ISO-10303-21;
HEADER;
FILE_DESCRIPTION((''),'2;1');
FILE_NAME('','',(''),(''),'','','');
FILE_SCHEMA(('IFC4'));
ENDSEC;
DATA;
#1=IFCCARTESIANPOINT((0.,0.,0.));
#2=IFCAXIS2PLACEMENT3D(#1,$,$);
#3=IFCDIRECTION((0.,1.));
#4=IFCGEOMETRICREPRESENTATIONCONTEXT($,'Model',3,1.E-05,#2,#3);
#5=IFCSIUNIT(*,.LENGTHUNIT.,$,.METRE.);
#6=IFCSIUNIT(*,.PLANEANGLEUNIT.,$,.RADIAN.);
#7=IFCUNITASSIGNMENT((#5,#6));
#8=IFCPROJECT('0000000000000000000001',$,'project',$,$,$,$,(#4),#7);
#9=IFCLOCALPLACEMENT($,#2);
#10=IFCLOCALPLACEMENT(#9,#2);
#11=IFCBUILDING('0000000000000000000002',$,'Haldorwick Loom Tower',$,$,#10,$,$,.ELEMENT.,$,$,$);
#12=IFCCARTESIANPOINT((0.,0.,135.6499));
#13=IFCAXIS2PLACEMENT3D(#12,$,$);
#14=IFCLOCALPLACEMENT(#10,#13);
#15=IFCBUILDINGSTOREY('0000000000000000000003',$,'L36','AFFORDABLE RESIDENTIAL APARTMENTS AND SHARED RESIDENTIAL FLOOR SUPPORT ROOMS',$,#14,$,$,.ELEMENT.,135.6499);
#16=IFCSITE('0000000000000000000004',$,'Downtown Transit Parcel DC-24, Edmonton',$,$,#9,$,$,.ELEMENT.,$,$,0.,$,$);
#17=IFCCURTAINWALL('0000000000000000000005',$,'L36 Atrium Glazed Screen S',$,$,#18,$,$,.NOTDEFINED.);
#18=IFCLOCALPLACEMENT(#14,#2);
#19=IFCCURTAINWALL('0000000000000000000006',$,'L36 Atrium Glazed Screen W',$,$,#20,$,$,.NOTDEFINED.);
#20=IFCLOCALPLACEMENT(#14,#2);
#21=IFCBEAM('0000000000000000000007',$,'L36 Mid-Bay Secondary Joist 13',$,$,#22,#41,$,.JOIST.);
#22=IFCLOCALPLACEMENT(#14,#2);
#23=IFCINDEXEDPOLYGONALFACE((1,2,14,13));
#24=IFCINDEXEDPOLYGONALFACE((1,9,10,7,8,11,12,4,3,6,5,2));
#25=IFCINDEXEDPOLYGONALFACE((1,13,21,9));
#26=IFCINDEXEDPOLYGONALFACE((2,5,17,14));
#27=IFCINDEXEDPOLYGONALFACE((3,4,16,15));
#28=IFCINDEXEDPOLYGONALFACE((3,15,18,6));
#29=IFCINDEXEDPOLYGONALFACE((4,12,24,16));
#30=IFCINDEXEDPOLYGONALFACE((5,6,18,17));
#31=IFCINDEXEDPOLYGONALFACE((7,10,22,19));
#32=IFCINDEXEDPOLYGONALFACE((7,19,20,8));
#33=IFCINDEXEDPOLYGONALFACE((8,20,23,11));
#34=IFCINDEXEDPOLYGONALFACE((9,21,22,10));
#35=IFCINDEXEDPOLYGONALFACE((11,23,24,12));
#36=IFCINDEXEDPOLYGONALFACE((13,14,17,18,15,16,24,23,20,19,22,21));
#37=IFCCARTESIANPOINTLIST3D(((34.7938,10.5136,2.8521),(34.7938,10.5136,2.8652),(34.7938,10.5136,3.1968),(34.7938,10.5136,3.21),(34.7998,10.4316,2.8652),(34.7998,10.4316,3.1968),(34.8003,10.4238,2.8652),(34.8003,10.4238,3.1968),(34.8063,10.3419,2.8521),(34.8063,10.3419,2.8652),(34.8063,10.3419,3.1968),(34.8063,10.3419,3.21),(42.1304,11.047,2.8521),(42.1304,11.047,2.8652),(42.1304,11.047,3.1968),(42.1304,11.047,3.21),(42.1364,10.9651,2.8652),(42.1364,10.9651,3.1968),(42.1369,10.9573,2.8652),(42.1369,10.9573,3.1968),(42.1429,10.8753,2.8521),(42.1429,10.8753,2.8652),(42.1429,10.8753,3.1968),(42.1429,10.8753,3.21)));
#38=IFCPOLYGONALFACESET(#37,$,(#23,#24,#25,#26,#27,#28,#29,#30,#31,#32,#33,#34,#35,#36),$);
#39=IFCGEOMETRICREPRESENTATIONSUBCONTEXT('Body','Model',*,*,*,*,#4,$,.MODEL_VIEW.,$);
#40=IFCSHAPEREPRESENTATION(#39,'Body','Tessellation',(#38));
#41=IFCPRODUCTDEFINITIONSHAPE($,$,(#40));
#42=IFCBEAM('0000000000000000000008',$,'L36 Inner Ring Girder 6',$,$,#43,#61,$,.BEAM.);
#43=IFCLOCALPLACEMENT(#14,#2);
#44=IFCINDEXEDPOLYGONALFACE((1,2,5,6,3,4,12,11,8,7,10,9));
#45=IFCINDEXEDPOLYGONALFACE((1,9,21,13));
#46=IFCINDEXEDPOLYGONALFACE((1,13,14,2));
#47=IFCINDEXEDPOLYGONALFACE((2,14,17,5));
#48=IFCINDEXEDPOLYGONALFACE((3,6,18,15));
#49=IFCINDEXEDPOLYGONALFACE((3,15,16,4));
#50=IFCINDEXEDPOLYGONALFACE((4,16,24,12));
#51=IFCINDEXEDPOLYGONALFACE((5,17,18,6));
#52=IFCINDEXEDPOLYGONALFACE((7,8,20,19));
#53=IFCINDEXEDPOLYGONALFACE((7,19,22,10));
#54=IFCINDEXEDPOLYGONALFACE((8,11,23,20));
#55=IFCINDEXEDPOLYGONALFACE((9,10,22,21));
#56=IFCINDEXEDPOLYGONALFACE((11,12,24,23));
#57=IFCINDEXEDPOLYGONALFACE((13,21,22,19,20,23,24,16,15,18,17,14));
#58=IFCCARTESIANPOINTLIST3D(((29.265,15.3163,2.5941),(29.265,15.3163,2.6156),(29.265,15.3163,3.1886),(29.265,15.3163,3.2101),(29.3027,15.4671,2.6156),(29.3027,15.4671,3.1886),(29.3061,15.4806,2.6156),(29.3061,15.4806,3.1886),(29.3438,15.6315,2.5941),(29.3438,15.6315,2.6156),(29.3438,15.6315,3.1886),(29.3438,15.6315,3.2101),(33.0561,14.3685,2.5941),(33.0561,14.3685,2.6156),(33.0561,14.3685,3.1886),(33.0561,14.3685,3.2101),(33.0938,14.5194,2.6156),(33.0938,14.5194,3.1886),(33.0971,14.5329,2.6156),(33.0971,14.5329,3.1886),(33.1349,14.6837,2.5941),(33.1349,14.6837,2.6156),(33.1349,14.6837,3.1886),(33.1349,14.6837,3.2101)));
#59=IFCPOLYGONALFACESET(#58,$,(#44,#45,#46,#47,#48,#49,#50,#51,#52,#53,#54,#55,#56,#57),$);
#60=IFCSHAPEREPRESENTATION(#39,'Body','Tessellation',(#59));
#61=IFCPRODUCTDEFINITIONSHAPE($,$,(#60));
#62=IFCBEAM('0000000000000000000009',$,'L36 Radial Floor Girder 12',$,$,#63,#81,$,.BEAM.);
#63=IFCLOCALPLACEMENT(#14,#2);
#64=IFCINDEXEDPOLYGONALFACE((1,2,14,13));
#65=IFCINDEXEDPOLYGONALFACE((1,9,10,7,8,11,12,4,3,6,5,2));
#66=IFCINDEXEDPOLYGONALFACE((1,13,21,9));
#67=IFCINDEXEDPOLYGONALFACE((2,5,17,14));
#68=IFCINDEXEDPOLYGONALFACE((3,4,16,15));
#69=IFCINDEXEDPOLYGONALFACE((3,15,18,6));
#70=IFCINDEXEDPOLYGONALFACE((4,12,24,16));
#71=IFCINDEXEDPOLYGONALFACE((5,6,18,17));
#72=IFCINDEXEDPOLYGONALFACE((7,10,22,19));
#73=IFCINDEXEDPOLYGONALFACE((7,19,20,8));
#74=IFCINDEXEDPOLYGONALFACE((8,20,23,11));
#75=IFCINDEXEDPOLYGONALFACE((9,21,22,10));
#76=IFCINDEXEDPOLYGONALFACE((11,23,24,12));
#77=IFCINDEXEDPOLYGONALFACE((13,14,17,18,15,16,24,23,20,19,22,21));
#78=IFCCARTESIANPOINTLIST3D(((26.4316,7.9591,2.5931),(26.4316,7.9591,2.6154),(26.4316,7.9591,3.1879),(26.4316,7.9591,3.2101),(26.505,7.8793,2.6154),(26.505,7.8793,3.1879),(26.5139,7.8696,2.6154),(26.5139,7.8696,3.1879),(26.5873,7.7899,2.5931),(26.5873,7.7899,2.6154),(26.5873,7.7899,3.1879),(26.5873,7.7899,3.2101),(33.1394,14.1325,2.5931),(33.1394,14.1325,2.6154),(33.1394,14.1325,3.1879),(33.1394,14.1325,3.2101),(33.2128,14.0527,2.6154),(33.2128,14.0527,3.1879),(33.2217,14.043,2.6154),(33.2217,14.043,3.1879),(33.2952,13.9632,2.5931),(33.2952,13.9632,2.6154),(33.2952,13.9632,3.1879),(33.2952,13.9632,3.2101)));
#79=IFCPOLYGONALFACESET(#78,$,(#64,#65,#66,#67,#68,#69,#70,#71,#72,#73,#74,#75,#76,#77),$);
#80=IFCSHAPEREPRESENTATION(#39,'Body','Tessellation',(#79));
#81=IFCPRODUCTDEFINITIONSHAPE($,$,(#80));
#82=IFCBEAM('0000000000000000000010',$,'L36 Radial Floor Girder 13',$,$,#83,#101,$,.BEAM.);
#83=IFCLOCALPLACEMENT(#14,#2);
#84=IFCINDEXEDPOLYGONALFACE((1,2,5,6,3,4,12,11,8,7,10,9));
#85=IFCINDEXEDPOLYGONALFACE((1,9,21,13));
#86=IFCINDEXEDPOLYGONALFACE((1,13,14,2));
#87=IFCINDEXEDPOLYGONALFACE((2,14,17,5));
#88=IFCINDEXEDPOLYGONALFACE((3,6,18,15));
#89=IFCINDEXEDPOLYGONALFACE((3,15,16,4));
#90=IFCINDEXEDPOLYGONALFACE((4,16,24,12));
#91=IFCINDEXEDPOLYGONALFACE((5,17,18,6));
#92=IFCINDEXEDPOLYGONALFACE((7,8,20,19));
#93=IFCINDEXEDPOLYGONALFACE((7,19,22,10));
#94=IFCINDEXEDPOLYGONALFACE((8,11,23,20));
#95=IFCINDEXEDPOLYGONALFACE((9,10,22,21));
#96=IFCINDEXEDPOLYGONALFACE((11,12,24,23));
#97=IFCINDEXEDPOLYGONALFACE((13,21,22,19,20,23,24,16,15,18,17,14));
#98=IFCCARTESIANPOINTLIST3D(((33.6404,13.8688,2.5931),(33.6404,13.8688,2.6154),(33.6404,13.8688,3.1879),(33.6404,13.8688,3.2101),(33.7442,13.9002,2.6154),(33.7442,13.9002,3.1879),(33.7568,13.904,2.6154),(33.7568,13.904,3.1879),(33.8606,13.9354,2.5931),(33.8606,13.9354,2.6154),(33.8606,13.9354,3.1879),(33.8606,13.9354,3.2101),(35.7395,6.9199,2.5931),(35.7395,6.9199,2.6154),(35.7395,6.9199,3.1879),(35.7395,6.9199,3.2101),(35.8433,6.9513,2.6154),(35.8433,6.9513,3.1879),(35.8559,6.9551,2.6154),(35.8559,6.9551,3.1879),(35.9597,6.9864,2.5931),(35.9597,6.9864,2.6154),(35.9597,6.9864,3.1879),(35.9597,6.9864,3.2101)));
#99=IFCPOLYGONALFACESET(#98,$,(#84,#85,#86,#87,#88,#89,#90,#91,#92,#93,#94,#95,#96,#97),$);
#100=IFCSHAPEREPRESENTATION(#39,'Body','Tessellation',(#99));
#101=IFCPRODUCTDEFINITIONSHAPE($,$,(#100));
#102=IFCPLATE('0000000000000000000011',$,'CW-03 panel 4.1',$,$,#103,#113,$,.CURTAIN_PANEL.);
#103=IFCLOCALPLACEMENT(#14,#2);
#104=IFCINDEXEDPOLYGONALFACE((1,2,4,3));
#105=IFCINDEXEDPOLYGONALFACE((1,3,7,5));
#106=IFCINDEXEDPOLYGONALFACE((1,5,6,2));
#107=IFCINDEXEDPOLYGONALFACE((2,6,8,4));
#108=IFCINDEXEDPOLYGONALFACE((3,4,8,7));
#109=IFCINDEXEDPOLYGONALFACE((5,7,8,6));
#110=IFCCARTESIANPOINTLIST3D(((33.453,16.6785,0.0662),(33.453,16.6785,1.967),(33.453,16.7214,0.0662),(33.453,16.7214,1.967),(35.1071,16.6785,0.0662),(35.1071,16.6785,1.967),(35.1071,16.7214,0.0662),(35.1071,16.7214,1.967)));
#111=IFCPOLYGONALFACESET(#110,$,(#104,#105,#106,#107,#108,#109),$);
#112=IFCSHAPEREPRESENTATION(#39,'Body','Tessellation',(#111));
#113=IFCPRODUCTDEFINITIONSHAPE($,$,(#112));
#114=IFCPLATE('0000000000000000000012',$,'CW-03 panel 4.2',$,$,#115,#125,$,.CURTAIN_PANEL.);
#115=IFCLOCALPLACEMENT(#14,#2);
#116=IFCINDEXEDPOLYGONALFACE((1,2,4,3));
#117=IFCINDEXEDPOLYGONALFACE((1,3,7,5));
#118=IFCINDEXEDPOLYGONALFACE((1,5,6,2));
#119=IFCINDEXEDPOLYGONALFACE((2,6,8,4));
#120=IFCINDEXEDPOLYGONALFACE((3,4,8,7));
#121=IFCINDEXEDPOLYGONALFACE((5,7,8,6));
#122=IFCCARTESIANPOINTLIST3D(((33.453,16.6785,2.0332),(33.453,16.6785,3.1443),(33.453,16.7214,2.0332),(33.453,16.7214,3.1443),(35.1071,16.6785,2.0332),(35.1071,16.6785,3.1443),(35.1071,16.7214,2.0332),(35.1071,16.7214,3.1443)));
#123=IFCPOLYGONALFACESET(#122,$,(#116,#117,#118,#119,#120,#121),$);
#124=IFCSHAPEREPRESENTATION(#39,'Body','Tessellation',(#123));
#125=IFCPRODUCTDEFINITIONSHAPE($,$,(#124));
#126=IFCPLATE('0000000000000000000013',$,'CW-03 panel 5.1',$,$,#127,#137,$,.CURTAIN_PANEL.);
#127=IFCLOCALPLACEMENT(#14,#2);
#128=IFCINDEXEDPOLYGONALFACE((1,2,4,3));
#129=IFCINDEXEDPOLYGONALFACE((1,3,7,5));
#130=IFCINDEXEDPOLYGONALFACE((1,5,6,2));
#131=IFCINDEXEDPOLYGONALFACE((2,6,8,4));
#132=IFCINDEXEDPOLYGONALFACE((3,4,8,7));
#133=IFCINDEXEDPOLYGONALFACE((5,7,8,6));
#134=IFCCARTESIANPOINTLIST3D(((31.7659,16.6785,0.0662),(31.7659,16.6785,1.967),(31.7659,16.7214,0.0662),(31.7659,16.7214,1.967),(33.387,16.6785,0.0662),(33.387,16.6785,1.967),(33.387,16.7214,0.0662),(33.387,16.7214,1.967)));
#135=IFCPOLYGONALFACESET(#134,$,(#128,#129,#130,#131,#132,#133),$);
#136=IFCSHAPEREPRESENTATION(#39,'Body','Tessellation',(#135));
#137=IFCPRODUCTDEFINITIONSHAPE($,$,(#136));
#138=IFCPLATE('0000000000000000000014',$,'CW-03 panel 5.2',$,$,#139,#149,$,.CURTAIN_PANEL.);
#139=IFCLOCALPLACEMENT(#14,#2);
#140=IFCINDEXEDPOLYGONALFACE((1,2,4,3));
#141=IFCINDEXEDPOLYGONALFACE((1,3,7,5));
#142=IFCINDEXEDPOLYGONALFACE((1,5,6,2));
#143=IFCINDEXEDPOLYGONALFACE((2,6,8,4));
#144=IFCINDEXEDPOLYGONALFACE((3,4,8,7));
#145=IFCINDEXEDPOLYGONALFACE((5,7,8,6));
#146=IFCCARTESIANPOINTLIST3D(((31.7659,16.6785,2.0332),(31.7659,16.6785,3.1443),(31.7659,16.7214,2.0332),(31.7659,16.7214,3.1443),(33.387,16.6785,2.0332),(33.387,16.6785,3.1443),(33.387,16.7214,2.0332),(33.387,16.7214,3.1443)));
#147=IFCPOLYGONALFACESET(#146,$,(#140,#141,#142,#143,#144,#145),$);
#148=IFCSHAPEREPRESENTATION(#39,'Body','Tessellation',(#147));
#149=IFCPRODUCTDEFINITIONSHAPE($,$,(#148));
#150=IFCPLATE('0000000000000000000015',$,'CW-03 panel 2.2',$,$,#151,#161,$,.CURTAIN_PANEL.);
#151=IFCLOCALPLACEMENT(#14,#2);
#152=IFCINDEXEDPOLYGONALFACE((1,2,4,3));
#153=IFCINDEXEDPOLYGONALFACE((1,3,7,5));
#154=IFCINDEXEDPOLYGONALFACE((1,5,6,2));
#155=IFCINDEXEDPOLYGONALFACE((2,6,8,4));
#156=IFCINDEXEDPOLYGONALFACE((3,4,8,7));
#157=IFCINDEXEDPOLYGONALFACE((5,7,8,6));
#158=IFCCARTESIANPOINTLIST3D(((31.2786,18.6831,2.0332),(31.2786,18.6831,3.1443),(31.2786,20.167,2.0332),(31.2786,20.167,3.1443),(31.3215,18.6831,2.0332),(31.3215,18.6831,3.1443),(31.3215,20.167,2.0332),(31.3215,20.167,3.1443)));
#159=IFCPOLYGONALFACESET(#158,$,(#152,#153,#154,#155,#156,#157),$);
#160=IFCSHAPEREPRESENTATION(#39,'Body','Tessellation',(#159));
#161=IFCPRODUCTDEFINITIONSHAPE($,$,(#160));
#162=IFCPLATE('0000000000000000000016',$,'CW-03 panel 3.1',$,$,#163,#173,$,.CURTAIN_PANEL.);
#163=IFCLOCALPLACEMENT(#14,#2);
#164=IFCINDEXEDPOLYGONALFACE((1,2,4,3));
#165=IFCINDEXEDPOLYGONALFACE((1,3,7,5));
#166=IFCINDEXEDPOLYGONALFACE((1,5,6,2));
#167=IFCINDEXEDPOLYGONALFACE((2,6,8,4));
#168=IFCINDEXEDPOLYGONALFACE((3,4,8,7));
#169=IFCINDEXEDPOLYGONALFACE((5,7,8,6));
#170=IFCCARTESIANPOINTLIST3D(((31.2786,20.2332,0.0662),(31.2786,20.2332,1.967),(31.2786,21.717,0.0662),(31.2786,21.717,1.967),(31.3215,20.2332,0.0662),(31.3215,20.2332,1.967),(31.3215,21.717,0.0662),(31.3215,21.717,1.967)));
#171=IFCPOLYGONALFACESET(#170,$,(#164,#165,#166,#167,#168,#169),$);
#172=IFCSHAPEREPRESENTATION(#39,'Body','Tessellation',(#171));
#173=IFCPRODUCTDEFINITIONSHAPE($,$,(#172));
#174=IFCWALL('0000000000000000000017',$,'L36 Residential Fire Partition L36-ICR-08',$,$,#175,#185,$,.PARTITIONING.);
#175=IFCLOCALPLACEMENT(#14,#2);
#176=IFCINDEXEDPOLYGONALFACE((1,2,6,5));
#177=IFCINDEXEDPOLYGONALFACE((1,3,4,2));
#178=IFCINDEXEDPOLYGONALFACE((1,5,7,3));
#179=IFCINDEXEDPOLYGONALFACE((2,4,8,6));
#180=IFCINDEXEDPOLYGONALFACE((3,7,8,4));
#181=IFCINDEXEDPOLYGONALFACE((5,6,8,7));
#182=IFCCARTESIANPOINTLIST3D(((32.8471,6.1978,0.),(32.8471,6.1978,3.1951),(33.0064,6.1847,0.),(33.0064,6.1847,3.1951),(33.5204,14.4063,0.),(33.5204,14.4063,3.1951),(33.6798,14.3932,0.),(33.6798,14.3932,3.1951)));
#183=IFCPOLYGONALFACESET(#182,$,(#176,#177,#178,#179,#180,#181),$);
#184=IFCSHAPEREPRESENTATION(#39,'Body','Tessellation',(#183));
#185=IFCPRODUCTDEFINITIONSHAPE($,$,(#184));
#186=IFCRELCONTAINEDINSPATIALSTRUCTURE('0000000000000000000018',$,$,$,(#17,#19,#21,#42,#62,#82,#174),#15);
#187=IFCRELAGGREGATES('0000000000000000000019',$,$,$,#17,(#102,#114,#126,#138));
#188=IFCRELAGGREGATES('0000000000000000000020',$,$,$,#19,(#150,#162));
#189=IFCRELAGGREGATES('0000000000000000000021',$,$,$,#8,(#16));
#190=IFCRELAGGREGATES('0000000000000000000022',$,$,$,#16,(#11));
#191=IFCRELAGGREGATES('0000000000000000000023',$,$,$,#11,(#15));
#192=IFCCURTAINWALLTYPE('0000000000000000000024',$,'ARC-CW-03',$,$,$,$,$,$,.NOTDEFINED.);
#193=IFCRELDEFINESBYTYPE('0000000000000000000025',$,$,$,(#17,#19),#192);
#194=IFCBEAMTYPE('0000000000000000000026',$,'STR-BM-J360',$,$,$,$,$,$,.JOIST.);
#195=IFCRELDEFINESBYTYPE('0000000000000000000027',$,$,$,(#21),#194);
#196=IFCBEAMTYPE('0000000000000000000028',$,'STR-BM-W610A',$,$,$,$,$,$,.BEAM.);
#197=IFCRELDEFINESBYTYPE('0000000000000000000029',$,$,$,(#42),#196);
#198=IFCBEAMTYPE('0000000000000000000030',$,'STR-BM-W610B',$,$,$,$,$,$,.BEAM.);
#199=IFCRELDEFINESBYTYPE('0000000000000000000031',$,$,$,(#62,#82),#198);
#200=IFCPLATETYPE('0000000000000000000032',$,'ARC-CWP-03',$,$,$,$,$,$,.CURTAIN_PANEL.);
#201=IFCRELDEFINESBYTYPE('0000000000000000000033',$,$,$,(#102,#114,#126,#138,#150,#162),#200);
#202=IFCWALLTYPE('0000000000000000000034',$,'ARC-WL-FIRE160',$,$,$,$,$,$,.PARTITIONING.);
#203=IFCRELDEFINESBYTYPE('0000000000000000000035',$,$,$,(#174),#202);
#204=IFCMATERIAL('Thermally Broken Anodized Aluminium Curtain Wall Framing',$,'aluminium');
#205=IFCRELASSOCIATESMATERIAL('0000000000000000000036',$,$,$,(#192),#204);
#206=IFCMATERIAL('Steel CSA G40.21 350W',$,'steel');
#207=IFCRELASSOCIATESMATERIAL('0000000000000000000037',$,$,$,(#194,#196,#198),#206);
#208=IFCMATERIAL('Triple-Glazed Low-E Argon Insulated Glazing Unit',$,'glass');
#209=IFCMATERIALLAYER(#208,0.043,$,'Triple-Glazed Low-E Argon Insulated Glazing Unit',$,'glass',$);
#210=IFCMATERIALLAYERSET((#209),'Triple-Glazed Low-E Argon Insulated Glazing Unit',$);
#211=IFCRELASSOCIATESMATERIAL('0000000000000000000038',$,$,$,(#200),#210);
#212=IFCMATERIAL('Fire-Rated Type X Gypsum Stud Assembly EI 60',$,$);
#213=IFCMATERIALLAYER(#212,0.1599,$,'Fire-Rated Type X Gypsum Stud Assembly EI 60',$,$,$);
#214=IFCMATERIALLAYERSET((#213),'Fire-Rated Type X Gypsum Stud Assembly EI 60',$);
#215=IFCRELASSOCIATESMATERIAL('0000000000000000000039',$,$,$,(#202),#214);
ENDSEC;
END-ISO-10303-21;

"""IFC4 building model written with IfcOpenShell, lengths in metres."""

from ifc_helpers import new_model, si_unit, direction, frame, frame_2d, origin, origin_2d, place, context, subcontext, project, spatial, rectangle, i_section, extrude, material, layer, layer_set, material_profile, profile_set, type_object, element, aggregate, save


model = new_model("IFC4")

# Units and contexts
model_context = context("Model", 3, precision=1e-05, world=origin(), true_north=direction((0.0, 1.0)))
body_context = subcontext(model_context, "Body", "Model", "MODEL_VIEW")
ifc_project = project(units=[si_unit("LENGTHUNIT", "METRE"), si_unit("PLANEANGLEUNIT", "RADIAN")], contexts=[model_context])

# Site, building, storey
site_placement = place(None, origin())
site = spatial("IfcSite", under=ifc_project, at=site_placement, Name="Downtown Transit Parcel DC-24, Edmonton", CompositionType="ELEMENT", RefElevation=0.0)
building_placement = place(site_placement, origin())
building = spatial("IfcBuilding", under=site, at=building_placement, Name="Haldorwick Loom Tower", CompositionType="ELEMENT")
storey_placement = place(building_placement, frame((0.0, 0.0, 135.6499)))
storey = spatial("IfcBuildingStorey", under=building, at=storey_placement, Name="L36", Description="AFFORDABLE RESIDENTIAL APARTMENTS AND SHARED RESIDENTIAL FLOOR SUPPORT ROOMS", CompositionType="ELEMENT", Elevation=135.6499)

# Curtain wall
ifc_material_1 = material(Name="Thermally Broken Anodized Aluminium Curtain Wall Framing", Category="aluminium")
curtain_wall_type = type_object("IfcCurtainWallType", Name="ARC-CW-03", PredefinedType="NOTDEFINED", material=ifc_material_1)
curtain_wall_1_placement = place(storey_placement, origin())
curtain_wall_1 = element("IfcCurtainWall", 1, at=curtain_wall_1_placement, inside=storey, type_object=curtain_wall_type, Name="L36 Atrium Glazed Screen S", PredefinedType="NOTDEFINED")

# Curtain wall
curtain_wall_2_placement = place(storey_placement, origin())
curtain_wall_2 = element("IfcCurtainWall", 2, at=curtain_wall_2_placement, inside=storey, type_object=curtain_wall_type, Name="L36 Atrium Glazed Screen W", PredefinedType="NOTDEFINED")

# Beams
ifc_material_2 = material(Name="Steel CSA G40.21 350W", Category="steel")
ifc_material_profile_1 = material_profile(ifc_material_2, i_section(OverallWidth=0.1721, OverallDepth=0.3579, WebThickness=0.0078, FlangeThickness=0.0132, at=origin_2d()), Name="W360X57", Category="steel")
ifc_profile_set_1 = profile_set([ifc_material_profile_1], Name="Steel CSA G40.21 350W")
beam_type_1 = type_object("IfcBeamType", Name="STR-BM-J360", PredefinedType="JOIST", material=ifc_profile_set_1)
beam_1_placement = place(storey_placement, frame((34.8, 10.4277, 3.031), z_axis=(0.997367, 0.072518, 0.0), x_axis=(-0.072518, 0.997367, 0.0)))
element("IfcBeam", 3, at=beam_1_placement, inside=storey, type_object=beam_type_1, Name="L36 Mid-Bay Secondary Joist 13", PredefinedType="JOIST", context=body_context, shape_type="SweptSolid", body=[
    extrude(i_section(OverallWidth=0.1721, OverallDepth=0.3579, WebThickness=0.0078, FlangeThickness=0.0132, at=origin_2d()), origin(), (0.0, 0.0, 1.0), 7.356),
])
ifc_material_profile_2 = material_profile(ifc_material_2, i_section(OverallWidth=0.325, OverallDepth=0.616, WebThickness=0.0139, FlangeThickness=0.0215, at=origin_2d()), Name="W610X174", Category="steel")
ifc_profile_set_2 = profile_set([ifc_material_profile_2], Name="Steel CSA G40.21 350W")
beam_type_2 = type_object("IfcBeamType", Name="STR-BM-W610A", PredefinedType="BEAM", material=ifc_profile_set_2)
beam_2_placement = place(storey_placement, frame((33.0955, 14.5261, 2.9021), z_axis=(-0.970143, 0.242536, 0.0), x_axis=(-0.242536, -0.970143, 0.0)))
element("IfcBeam", 4, at=beam_2_placement, inside=storey, type_object=beam_type_2, Name="L36 Inner Ring Girder 6", PredefinedType="BEAM", context=body_context, shape_type="SweptSolid", body=[
    extrude(i_section(OverallWidth=0.325, OverallDepth=0.616, WebThickness=0.0139, FlangeThickness=0.0215, at=origin_2d()), origin(), (0.0, 0.0, 1.0), 3.9077),
])
ifc_material_profile_3 = material_profile(ifc_material_2, i_section(OverallWidth=0.23, OverallDepth=0.6169, WebThickness=0.0132, FlangeThickness=0.0222, at=origin_2d()), Name="W610X140", Category="steel")
ifc_profile_set_3 = profile_set([ifc_material_profile_3], Name="Steel CSA G40.21 350W")
beam_type_3 = type_object("IfcBeamType", Name="STR-BM-W610B", PredefinedType="BEAM", material=ifc_profile_set_3)
beam_3_placement = place(storey_placement, frame((33.2173, 14.0479, 2.9016), z_axis=(-0.735811, -0.677187, 0.0), x_axis=(0.677187, -0.735811, 0.0)))
element("IfcBeam", 5, at=beam_3_placement, inside=storey, type_object=beam_type_3, Name="L36 Radial Floor Girder 12", PredefinedType="BEAM", context=body_context, shape_type="SweptSolid", body=[
    extrude(i_section(OverallWidth=0.23, OverallDepth=0.6169, WebThickness=0.0132, FlangeThickness=0.0222, at=origin_2d()), origin(), (0.0, 0.0, 1.0), 9.1162),
])
beam_4_placement = place(storey_placement, frame((33.7505, 13.9021, 2.9016), z_axis=(0.289171, -0.957277, 0.0), x_axis=(0.957277, 0.289171, 0.0)))
element("IfcBeam", 6, at=beam_4_placement, inside=storey, type_object=beam_type_3, Name="L36 Radial Floor Girder 13", PredefinedType="BEAM", context=body_context, shape_type="SweptSolid", body=[
    extrude(i_section(OverallWidth=0.23, OverallDepth=0.6169, WebThickness=0.0132, FlangeThickness=0.0222, at=origin_2d()), origin(), (0.0, 0.0, 1.0), 7.259),
])

# Plates
ifc_material_3 = material(Name="Triple-Glazed Low-E Argon Insulated Glazing Unit", Category="glass")
ifc_layer_1 = layer(ifc_material_3, 0.043, Name="Triple-Glazed Low-E Argon Insulated Glazing Unit", Category="glass")
ifc_layer_set_1 = layer_set([ifc_layer_1], Name="Triple-Glazed Low-E Argon Insulated Glazing Unit")
plate_type = type_object("IfcPlateType", Name="ARC-CWP-03", PredefinedType="CURTAIN_PANEL", material=ifc_layer_set_1)
plate_1_placement = place(storey_placement, frame((34.28, 16.7, 0.0662), z_axis=(0.0, 0.0, 1.0), x_axis=(-1.0, 0.0, 0.0)))
plate_1 = element("IfcPlate", 7, at=plate_1_placement, type_object=plate_type, Name="CW-03 panel 4.1", PredefinedType="CURTAIN_PANEL", context=body_context, shape_type="SweptSolid", body=[
    extrude(rectangle(XDim=1.6541, YDim=0.043, at=origin_2d()), origin(), (0.0, 0.0, 1.0), 1.9009),
])
plate_2_placement = place(storey_placement, frame((34.28, 16.7, 2.0332), z_axis=(0.0, 0.0, 1.0), x_axis=(-1.0, 0.0, 0.0)))
plate_2 = element("IfcPlate", 8, at=plate_2_placement, type_object=plate_type, Name="CW-03 panel 4.2", PredefinedType="CURTAIN_PANEL", context=body_context, shape_type="SweptSolid", body=[
    extrude(rectangle(XDim=1.6541, YDim=0.043, at=origin_2d()), origin(), (0.0, 0.0, 1.0), 1.1111),
])
plate_3_placement = place(storey_placement, frame((32.5764, 16.7, 0.0662), z_axis=(0.0, 0.0, 1.0), x_axis=(-1.0, 0.0, 0.0)))
plate_3 = element("IfcPlate", 9, at=plate_3_placement, type_object=plate_type, Name="CW-03 panel 5.1", PredefinedType="CURTAIN_PANEL", context=body_context, shape_type="SweptSolid", body=[
    extrude(rectangle(XDim=1.6211, YDim=0.043, at=origin_2d()), origin(), (0.0, 0.0, 1.0), 1.9009),
])
plate_4_placement = place(storey_placement, frame((32.5764, 16.7, 2.0332), z_axis=(0.0, 0.0, 1.0), x_axis=(-1.0, 0.0, 0.0)))
plate_4 = element("IfcPlate", 10, at=plate_4_placement, type_object=plate_type, Name="CW-03 panel 5.2", PredefinedType="CURTAIN_PANEL", context=body_context, shape_type="SweptSolid", body=[
    extrude(rectangle(XDim=1.6211, YDim=0.043, at=origin_2d()), origin(), (0.0, 0.0, 1.0), 1.1111),
])
aggregate(curtain_wall_1, [plate_1, plate_2, plate_3, plate_4])
plate_5_placement = place(storey_placement, frame((31.3, 19.425, 2.0332), z_axis=(0.0, 0.0, 1.0), x_axis=(0.0, 1.0, 0.0)))
plate_5 = element("IfcPlate", 11, at=plate_5_placement, type_object=plate_type, Name="CW-03 panel 2.2", PredefinedType="CURTAIN_PANEL", context=body_context, shape_type="SweptSolid", body=[
    extrude(rectangle(XDim=1.4839, YDim=0.043, at=origin_2d()), origin(), (0.0, 0.0, 1.0), 1.1111),
])
plate_6_placement = place(storey_placement, frame((31.3, 20.9751, 0.0662), z_axis=(0.0, 0.0, 1.0), x_axis=(0.0, 1.0, 0.0)))
plate_6 = element("IfcPlate", 12, at=plate_6_placement, type_object=plate_type, Name="CW-03 panel 3.1", PredefinedType="CURTAIN_PANEL", context=body_context, shape_type="SweptSolid", body=[
    extrude(rectangle(XDim=1.4839, YDim=0.043, at=origin_2d()), origin(), (0.0, 0.0, 1.0), 1.9009),
])
aggregate(curtain_wall_2, [plate_5, plate_6])

# Wall
ifc_material_4 = material(Name="Fire-Rated Type X Gypsum Stud Assembly EI 60")
ifc_layer_2 = layer(ifc_material_4, 0.1599, Name="Fire-Rated Type X Gypsum Stud Assembly EI 60")
ifc_layer_set_2 = layer_set([ifc_layer_2], Name="Fire-Rated Type X Gypsum Stud Assembly EI 60")
wall_type = type_object("IfcWallType", Name="ARC-WL-FIRE160", PredefinedType="PARTITIONING", material=ifc_layer_set_2)
wall_placement = place(storey_placement, frame((33.6001, 14.3999, 0.0), z_axis=(0.0, 0.0, 1.0), x_axis=(-0.081755, -0.996652, 0.0)))
element("IfcWall", 13, at=wall_placement, inside=storey, type_object=wall_type, Name="L36 Residential Fire Partition L36-ICR-08", PredefinedType="PARTITIONING", context=body_context, shape_type="SweptSolid", body=[
    extrude(rectangle(XDim=8.2361, YDim=0.1599, at=frame_2d((4.1182, 0.0))), origin(), (0.0, 0.0, 1.0), 3.1951),
])

save(model, "model.ifc")
